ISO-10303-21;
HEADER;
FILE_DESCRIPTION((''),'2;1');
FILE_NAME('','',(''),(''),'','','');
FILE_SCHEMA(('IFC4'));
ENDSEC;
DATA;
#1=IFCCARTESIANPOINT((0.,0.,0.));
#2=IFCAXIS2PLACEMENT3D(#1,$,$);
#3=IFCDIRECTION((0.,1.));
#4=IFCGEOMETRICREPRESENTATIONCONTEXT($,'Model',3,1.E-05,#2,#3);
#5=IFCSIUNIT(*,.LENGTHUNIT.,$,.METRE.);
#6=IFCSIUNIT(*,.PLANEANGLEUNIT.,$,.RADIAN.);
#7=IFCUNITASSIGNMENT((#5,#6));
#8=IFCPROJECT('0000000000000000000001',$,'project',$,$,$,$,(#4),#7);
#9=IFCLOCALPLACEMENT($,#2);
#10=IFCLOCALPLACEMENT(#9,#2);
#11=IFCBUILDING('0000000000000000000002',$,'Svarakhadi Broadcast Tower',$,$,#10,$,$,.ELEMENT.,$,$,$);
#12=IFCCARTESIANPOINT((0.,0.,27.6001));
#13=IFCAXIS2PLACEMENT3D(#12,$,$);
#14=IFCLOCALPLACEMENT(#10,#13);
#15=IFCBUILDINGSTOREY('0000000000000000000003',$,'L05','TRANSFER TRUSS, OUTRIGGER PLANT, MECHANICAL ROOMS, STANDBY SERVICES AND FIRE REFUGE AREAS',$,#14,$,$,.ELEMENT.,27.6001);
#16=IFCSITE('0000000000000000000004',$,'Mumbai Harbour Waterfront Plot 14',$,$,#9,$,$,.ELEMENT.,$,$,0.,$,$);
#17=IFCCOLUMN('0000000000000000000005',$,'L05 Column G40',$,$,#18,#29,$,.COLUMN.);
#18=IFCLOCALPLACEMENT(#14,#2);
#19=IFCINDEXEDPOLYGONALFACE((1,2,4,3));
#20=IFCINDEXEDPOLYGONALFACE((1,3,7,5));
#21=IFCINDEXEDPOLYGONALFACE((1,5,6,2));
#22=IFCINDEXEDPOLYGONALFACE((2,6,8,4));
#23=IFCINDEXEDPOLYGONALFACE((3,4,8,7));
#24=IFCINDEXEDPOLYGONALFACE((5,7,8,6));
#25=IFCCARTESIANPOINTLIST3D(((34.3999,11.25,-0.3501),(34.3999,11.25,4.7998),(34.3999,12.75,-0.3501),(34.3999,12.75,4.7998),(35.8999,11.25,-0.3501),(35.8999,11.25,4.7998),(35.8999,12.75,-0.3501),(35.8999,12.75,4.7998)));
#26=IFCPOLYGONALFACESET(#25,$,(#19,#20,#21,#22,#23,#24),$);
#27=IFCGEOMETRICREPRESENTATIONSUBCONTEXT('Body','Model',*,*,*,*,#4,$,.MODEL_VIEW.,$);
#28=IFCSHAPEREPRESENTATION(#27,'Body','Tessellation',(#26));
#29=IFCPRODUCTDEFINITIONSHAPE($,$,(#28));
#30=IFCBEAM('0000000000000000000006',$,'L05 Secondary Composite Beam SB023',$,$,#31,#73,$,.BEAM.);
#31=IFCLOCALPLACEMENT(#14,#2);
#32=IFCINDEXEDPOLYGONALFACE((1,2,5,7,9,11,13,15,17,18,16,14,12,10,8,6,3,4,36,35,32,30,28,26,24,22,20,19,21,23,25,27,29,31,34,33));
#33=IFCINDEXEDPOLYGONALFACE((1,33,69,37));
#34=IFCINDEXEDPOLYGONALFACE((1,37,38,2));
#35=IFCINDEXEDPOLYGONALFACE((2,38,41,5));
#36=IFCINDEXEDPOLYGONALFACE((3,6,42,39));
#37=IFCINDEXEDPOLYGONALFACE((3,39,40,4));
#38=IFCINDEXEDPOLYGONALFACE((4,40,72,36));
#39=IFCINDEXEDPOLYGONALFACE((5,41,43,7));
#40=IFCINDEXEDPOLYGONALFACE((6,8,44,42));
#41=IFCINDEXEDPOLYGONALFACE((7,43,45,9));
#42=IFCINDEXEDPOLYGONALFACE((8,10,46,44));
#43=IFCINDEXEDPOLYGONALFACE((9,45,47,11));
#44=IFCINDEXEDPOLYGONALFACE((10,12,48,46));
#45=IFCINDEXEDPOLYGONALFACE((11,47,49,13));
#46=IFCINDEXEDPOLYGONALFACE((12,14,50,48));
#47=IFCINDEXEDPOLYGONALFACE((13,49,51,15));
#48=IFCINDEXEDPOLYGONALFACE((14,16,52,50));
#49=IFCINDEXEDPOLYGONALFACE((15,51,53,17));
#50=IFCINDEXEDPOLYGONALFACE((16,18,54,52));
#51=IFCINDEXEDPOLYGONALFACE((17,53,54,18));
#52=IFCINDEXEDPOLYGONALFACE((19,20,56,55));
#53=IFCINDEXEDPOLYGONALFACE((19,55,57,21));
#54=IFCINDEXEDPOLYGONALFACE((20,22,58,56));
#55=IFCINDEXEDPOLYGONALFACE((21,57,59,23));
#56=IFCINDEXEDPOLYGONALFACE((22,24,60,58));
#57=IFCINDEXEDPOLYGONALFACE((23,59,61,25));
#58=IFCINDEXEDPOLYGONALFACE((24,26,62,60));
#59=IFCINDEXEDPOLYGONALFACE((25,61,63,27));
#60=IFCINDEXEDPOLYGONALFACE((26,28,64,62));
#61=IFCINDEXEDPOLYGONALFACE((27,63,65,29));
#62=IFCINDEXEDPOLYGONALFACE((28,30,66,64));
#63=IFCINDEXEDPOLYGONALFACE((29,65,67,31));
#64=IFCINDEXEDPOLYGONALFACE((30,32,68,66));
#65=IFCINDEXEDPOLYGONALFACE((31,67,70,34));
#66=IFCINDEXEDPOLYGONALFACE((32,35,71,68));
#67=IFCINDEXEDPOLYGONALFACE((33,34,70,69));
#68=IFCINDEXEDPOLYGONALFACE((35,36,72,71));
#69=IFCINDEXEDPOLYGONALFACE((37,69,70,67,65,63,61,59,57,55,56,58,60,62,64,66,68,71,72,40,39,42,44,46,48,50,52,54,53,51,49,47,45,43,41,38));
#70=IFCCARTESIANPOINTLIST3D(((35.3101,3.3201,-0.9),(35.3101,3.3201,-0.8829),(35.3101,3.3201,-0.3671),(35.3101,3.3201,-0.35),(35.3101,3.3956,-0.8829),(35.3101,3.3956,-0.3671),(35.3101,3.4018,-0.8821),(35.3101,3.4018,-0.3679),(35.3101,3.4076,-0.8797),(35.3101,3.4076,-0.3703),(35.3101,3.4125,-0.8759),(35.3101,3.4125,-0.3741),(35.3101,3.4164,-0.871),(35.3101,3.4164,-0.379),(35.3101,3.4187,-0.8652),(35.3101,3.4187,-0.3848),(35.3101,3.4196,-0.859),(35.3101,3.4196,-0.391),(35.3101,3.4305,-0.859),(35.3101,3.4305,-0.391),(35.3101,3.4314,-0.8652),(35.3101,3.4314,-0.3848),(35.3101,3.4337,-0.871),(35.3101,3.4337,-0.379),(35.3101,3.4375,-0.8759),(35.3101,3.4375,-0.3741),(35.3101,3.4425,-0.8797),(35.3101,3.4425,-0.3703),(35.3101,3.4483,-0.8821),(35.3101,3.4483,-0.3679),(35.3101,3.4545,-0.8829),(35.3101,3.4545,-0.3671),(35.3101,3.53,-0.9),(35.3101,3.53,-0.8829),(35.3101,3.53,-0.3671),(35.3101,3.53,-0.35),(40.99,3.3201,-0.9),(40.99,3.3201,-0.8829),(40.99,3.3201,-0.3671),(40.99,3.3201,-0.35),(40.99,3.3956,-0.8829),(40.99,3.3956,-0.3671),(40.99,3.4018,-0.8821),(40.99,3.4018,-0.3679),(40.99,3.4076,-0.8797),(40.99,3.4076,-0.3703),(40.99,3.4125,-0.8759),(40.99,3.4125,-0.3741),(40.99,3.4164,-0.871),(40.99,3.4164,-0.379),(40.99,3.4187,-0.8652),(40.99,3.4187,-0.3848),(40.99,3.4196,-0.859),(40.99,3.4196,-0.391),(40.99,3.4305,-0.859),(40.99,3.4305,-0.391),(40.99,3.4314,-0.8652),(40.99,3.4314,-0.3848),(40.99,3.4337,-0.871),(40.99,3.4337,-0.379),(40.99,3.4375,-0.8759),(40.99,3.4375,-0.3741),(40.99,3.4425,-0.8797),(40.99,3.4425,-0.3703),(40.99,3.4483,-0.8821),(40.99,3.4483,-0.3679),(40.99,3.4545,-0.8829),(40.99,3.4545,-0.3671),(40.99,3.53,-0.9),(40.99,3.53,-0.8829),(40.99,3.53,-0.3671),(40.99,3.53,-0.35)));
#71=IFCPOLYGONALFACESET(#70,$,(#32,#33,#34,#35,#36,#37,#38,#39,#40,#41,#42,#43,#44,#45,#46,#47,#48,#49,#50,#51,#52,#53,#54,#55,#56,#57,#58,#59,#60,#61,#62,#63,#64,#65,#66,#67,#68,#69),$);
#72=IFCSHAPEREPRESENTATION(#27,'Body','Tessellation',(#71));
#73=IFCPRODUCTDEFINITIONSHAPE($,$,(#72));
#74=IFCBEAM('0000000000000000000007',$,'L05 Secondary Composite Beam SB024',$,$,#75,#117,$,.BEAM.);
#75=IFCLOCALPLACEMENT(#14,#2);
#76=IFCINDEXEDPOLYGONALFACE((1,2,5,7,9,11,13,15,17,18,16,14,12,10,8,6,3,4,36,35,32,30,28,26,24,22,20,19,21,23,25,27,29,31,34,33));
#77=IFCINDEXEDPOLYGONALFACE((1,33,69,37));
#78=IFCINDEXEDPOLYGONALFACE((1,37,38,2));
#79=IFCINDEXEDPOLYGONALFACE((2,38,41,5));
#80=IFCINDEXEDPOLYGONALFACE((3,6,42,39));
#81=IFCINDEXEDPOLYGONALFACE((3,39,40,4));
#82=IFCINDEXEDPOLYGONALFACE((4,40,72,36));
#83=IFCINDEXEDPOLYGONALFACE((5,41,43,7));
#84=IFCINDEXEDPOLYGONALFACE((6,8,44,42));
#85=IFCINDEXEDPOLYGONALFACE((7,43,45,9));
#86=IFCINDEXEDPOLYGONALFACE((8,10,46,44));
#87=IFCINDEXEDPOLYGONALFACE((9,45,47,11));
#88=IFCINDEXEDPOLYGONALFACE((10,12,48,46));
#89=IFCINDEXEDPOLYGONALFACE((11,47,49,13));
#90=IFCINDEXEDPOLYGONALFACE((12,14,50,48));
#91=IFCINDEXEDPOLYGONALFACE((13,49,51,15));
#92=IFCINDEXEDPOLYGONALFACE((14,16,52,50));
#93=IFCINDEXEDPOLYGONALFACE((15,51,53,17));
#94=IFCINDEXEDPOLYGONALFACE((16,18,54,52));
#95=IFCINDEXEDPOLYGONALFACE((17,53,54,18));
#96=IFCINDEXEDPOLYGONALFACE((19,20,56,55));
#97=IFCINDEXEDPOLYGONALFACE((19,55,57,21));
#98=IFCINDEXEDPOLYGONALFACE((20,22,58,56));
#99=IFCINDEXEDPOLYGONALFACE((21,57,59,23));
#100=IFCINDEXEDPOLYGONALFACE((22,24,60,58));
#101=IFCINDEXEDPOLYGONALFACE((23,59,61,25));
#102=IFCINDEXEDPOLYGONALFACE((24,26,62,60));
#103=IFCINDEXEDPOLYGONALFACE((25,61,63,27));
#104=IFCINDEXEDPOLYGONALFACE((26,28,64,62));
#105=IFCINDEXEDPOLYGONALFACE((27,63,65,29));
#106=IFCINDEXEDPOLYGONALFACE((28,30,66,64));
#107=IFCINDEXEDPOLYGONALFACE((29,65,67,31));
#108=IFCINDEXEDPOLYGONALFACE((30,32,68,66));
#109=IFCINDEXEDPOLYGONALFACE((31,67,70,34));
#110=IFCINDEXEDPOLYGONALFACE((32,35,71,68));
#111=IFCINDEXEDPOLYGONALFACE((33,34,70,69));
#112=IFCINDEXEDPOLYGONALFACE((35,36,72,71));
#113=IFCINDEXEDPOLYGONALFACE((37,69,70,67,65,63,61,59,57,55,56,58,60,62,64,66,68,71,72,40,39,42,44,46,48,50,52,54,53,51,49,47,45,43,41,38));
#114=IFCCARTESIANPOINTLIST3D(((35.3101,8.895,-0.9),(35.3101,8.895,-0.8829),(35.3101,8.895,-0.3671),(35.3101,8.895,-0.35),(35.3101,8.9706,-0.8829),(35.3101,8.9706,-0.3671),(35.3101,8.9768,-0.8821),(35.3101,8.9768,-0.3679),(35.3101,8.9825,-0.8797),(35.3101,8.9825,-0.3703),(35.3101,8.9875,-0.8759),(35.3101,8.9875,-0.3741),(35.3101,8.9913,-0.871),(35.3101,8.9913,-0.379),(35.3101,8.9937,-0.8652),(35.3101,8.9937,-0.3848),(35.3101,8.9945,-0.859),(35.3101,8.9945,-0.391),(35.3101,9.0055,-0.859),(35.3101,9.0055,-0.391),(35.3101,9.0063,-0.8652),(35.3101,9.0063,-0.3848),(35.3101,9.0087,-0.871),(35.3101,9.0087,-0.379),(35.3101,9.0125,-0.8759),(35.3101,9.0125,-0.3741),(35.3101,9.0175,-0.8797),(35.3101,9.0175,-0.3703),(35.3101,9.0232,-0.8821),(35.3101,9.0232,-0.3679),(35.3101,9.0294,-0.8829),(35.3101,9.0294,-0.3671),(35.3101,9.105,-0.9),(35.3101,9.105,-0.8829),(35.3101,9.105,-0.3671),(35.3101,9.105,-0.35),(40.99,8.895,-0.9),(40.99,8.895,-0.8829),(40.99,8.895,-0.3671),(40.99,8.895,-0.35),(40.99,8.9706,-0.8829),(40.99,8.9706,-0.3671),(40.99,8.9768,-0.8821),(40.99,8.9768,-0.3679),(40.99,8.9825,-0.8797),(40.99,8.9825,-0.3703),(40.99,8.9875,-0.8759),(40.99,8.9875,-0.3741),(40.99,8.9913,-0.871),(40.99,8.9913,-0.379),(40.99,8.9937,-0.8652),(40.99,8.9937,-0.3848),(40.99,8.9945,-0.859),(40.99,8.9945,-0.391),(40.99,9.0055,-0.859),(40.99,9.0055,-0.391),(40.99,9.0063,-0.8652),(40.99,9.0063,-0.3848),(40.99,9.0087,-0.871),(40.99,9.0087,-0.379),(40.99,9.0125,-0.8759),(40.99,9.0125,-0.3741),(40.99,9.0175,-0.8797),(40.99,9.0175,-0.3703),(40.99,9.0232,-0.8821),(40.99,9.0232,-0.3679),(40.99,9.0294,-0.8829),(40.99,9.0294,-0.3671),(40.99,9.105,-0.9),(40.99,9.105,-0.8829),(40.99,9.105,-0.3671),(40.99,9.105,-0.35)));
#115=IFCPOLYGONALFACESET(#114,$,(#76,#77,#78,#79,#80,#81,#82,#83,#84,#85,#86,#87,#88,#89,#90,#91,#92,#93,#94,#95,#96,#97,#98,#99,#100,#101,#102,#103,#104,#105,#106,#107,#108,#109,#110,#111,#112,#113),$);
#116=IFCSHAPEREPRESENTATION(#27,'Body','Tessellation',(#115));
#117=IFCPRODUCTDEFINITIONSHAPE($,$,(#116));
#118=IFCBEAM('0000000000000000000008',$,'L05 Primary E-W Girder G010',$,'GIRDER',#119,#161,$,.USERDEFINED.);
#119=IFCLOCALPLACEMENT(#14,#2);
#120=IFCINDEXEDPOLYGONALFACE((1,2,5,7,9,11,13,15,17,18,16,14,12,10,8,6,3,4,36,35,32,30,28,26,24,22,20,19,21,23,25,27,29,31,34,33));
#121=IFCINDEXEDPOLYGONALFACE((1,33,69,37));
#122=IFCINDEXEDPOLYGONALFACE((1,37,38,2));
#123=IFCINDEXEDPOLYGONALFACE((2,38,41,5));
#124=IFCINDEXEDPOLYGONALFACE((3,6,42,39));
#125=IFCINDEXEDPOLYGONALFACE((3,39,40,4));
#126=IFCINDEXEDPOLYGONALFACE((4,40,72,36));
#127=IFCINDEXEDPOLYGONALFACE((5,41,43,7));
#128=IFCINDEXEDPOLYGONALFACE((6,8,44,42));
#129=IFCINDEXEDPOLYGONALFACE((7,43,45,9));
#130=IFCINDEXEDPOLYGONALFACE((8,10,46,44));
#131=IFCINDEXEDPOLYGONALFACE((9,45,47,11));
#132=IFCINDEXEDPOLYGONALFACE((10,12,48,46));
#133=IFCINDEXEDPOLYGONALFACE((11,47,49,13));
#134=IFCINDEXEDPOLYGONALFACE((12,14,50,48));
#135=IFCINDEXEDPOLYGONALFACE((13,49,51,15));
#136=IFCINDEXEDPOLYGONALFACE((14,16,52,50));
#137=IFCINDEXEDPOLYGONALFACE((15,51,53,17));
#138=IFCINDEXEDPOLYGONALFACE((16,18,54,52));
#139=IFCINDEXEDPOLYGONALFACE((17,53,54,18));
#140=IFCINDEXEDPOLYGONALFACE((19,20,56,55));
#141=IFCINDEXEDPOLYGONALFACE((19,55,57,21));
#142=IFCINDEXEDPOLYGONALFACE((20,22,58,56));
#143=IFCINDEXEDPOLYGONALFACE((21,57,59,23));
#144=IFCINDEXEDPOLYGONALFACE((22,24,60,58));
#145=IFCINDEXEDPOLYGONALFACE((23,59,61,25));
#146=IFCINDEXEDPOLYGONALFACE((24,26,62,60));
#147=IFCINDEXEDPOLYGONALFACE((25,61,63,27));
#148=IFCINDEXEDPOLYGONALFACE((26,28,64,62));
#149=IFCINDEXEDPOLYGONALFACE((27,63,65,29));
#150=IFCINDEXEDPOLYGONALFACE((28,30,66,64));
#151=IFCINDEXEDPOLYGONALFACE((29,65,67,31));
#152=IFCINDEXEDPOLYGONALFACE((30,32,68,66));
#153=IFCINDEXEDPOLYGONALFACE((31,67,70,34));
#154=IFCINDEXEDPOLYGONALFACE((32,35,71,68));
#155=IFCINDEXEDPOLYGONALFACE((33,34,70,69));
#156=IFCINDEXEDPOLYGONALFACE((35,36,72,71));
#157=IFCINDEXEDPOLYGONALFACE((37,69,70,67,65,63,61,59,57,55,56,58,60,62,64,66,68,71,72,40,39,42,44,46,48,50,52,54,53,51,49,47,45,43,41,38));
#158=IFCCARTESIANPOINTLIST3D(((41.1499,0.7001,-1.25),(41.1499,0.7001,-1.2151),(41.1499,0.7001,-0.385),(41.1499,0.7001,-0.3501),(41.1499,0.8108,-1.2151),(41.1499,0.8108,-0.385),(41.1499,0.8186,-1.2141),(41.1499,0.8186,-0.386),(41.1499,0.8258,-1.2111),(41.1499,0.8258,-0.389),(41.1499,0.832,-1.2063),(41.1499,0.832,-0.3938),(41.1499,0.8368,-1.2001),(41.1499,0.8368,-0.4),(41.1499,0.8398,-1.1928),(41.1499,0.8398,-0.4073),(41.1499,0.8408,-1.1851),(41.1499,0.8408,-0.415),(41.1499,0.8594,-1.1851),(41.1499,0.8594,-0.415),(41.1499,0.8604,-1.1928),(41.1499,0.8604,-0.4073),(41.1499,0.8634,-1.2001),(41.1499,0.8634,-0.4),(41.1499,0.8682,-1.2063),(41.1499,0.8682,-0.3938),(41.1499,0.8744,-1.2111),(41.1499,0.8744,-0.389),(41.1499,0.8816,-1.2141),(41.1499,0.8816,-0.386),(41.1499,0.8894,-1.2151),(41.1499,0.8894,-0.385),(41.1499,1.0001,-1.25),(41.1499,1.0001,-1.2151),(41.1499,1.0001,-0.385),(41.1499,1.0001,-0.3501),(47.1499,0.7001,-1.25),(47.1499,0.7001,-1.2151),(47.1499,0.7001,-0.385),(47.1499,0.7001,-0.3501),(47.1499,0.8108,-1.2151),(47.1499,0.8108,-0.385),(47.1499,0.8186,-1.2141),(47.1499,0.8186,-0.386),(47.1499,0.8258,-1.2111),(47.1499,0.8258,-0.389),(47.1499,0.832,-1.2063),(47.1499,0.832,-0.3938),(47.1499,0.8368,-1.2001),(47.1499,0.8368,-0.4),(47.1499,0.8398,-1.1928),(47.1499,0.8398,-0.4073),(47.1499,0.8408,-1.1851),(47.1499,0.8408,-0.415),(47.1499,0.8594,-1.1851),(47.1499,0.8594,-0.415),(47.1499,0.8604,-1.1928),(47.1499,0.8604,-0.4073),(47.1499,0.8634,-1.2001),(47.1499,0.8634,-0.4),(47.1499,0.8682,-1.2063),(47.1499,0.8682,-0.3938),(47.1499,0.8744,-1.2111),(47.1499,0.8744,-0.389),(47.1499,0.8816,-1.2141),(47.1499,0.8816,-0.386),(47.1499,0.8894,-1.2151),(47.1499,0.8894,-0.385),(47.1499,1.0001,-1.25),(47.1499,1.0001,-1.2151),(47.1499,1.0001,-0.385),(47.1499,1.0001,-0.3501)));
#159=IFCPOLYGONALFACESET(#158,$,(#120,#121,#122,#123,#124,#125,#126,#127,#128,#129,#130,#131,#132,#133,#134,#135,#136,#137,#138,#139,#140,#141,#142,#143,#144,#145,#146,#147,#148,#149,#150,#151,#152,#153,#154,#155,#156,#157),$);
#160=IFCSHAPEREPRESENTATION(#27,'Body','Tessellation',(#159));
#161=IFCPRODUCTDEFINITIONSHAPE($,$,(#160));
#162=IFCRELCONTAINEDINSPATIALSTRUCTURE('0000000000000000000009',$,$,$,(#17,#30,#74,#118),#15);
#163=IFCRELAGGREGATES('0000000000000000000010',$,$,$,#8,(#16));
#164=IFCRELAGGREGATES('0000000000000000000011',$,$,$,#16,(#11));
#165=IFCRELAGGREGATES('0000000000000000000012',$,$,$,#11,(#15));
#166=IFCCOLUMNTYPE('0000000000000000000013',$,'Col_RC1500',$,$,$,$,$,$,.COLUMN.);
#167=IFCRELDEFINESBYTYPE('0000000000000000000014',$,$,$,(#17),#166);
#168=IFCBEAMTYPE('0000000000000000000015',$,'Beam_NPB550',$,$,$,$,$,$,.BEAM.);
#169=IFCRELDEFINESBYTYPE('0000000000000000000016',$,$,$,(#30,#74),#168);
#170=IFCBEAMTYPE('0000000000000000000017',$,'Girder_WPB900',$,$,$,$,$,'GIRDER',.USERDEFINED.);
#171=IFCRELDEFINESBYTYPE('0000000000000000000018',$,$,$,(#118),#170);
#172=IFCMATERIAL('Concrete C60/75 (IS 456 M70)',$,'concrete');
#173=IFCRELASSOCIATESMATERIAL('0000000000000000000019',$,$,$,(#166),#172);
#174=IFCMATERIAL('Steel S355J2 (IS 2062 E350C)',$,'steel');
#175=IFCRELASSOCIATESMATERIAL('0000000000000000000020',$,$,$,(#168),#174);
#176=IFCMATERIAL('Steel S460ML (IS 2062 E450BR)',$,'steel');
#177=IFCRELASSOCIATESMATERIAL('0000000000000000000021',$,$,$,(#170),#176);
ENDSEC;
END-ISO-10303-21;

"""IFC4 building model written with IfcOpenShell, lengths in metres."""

from ifc_helpers import new_model, si_unit, direction, frame, origin, origin_2d, place, context, subcontext, project, spatial, rectangle, i_section, extrude, material, material_profile, profile_set, type_object, element, save


model = new_model("IFC4")

# Units and contexts
model_context = context("Model", 3, precision=1e-05, world=origin(), true_north=direction((0.0, 1.0)))
body_context = subcontext(model_context, "Body", "Model", "MODEL_VIEW")
ifc_project = project(units=[si_unit("LENGTHUNIT", "METRE"), si_unit("PLANEANGLEUNIT", "RADIAN")], contexts=[model_context])

# Site, building, storey
site_placement = place(None, origin())
site = spatial("IfcSite", under=ifc_project, at=site_placement, Name="Mumbai Harbour Waterfront Plot 14", CompositionType="ELEMENT", RefElevation=0.0)
building_placement = place(site_placement, origin())
building = spatial("IfcBuilding", under=site, at=building_placement, Name="Svarakhadi Broadcast Tower", CompositionType="ELEMENT")
storey_placement = place(building_placement, frame((0.0, 0.0, 27.6001)))
storey = spatial("IfcBuildingStorey", under=building, at=storey_placement, Name="L05", Description="TRANSFER TRUSS, OUTRIGGER PLANT, MECHANICAL ROOMS, STANDBY SERVICES AND FIRE REFUGE AREAS", CompositionType="ELEMENT", Elevation=27.6001)

# Column
ifc_material_1 = material(Name="Steel S460ML (IS 2062 E450BR)", Category="steel")
ifc_material_2 = material(Name="Concrete C60/75 (IS 456 M70)", Category="concrete")
ifc_material_profile_1 = material_profile(ifc_material_2, rectangle(XDim=1.5, YDim=1.5, at=origin_2d()), Name="RC 1500x1500")
ifc_profile_set_1 = profile_set([ifc_material_profile_1], Name="Concrete C60/75 (IS 456 M70)")
column_type_1 = type_object("IfcColumnType", Name="Col_RC1500", PredefinedType="COLUMN", material=ifc_profile_set_1)
column_placement = place(storey_placement, frame((35.1499, 12.0, -0.3501), z_axis=(0.0, 0.0, 1.0), x_axis=(1.0, 0.0, 0.0)))
element("IfcColumn", 1, at=column_placement, inside=storey, type_object=column_type_1, Name="L05 Column G40", PredefinedType="COLUMN", context=body_context, shape_type="SweptSolid", body=[
    extrude(rectangle(XDim=1.5, YDim=1.5, at=origin_2d()), origin(), (0.0, 0.0, 1.0), 5.1499),
])

# Beams
ifc_material_3 = material(Name="Steel S355J2 (IS 2062 E350C)", Category="steel")
ifc_material_profile_2 = material_profile(ifc_material_3, i_section(OverallWidth=0.21, OverallDepth=0.55, WebThickness=0.011, FlangeThickness=0.0171, FilletRadius=0.0239, at=origin_2d()), Name="NPB 550x210x106")
ifc_profile_set_2 = profile_set([ifc_material_profile_2], Name="Steel S355J2 (IS 2062 E350C)")
beam_type_1 = type_object("IfcBeamType", Name="Beam_NPB550", PredefinedType="BEAM", material=ifc_profile_set_2)
for number, where, z_axis, x_axis, name in (
    (2, (35.3101, 3.425, -0.625), (1.0, 0.0, 0.0), (0.0, 1.0, 0.0), "L05 Secondary Composite Beam SB023"),
    (3, (35.3101, 9.0, -0.625), (1.0, 0.0, 0.0), (0.0, 1.0, 0.0), "L05 Secondary Composite Beam SB024"),
):
    element("IfcBeam", number, at=place(storey_placement, frame(where, z_axis=z_axis, x_axis=x_axis)), inside=storey, type_object=beam_type_1, Name=name, PredefinedType="BEAM", context=body_context, shape_type="SweptSolid", body=[
        extrude(i_section(OverallWidth=0.21, OverallDepth=0.55, WebThickness=0.011, FlangeThickness=0.0171, FilletRadius=0.0239, at=origin_2d()), origin(), (0.0, 0.0, 1.0), 5.6799),
    ])
ifc_material_profile_3 = material_profile(ifc_material_1, i_section(OverallWidth=0.3, OverallDepth=0.8999, WebThickness=0.0186, FlangeThickness=0.0349, FilletRadius=0.03, at=origin_2d()), Name="WPB 900x300x291")
ifc_profile_set_3 = profile_set([ifc_material_profile_3], Name="Steel S460ML (IS 2062 E450BR)")
beam_type_2 = type_object("IfcBeamType", Name="Girder_WPB900", ElementType="GIRDER", PredefinedType="USERDEFINED", material=ifc_profile_set_3)
for number, where, z_axis, x_axis, name in (
    (4, (41.1499, 0.8501, -0.8), (1.0, 0.0, 0.0), (0.0, 1.0, 0.0), "L05 Primary E-W Girder G010"),
):
    element("IfcBeam", number, at=place(storey_placement, frame(where, z_axis=z_axis, x_axis=x_axis)), inside=storey, type_object=beam_type_2, Name=name, ObjectType="GIRDER", PredefinedType="USERDEFINED", context=body_context, shape_type="SweptSolid", body=[
        extrude(i_section(OverallWidth=0.3, OverallDepth=0.8999, WebThickness=0.0186, FlangeThickness=0.0349, FilletRadius=0.03, at=origin_2d()), origin(), (0.0, 0.0, 1.0), 6.0),
    ])

save(model, "model.ifc")
